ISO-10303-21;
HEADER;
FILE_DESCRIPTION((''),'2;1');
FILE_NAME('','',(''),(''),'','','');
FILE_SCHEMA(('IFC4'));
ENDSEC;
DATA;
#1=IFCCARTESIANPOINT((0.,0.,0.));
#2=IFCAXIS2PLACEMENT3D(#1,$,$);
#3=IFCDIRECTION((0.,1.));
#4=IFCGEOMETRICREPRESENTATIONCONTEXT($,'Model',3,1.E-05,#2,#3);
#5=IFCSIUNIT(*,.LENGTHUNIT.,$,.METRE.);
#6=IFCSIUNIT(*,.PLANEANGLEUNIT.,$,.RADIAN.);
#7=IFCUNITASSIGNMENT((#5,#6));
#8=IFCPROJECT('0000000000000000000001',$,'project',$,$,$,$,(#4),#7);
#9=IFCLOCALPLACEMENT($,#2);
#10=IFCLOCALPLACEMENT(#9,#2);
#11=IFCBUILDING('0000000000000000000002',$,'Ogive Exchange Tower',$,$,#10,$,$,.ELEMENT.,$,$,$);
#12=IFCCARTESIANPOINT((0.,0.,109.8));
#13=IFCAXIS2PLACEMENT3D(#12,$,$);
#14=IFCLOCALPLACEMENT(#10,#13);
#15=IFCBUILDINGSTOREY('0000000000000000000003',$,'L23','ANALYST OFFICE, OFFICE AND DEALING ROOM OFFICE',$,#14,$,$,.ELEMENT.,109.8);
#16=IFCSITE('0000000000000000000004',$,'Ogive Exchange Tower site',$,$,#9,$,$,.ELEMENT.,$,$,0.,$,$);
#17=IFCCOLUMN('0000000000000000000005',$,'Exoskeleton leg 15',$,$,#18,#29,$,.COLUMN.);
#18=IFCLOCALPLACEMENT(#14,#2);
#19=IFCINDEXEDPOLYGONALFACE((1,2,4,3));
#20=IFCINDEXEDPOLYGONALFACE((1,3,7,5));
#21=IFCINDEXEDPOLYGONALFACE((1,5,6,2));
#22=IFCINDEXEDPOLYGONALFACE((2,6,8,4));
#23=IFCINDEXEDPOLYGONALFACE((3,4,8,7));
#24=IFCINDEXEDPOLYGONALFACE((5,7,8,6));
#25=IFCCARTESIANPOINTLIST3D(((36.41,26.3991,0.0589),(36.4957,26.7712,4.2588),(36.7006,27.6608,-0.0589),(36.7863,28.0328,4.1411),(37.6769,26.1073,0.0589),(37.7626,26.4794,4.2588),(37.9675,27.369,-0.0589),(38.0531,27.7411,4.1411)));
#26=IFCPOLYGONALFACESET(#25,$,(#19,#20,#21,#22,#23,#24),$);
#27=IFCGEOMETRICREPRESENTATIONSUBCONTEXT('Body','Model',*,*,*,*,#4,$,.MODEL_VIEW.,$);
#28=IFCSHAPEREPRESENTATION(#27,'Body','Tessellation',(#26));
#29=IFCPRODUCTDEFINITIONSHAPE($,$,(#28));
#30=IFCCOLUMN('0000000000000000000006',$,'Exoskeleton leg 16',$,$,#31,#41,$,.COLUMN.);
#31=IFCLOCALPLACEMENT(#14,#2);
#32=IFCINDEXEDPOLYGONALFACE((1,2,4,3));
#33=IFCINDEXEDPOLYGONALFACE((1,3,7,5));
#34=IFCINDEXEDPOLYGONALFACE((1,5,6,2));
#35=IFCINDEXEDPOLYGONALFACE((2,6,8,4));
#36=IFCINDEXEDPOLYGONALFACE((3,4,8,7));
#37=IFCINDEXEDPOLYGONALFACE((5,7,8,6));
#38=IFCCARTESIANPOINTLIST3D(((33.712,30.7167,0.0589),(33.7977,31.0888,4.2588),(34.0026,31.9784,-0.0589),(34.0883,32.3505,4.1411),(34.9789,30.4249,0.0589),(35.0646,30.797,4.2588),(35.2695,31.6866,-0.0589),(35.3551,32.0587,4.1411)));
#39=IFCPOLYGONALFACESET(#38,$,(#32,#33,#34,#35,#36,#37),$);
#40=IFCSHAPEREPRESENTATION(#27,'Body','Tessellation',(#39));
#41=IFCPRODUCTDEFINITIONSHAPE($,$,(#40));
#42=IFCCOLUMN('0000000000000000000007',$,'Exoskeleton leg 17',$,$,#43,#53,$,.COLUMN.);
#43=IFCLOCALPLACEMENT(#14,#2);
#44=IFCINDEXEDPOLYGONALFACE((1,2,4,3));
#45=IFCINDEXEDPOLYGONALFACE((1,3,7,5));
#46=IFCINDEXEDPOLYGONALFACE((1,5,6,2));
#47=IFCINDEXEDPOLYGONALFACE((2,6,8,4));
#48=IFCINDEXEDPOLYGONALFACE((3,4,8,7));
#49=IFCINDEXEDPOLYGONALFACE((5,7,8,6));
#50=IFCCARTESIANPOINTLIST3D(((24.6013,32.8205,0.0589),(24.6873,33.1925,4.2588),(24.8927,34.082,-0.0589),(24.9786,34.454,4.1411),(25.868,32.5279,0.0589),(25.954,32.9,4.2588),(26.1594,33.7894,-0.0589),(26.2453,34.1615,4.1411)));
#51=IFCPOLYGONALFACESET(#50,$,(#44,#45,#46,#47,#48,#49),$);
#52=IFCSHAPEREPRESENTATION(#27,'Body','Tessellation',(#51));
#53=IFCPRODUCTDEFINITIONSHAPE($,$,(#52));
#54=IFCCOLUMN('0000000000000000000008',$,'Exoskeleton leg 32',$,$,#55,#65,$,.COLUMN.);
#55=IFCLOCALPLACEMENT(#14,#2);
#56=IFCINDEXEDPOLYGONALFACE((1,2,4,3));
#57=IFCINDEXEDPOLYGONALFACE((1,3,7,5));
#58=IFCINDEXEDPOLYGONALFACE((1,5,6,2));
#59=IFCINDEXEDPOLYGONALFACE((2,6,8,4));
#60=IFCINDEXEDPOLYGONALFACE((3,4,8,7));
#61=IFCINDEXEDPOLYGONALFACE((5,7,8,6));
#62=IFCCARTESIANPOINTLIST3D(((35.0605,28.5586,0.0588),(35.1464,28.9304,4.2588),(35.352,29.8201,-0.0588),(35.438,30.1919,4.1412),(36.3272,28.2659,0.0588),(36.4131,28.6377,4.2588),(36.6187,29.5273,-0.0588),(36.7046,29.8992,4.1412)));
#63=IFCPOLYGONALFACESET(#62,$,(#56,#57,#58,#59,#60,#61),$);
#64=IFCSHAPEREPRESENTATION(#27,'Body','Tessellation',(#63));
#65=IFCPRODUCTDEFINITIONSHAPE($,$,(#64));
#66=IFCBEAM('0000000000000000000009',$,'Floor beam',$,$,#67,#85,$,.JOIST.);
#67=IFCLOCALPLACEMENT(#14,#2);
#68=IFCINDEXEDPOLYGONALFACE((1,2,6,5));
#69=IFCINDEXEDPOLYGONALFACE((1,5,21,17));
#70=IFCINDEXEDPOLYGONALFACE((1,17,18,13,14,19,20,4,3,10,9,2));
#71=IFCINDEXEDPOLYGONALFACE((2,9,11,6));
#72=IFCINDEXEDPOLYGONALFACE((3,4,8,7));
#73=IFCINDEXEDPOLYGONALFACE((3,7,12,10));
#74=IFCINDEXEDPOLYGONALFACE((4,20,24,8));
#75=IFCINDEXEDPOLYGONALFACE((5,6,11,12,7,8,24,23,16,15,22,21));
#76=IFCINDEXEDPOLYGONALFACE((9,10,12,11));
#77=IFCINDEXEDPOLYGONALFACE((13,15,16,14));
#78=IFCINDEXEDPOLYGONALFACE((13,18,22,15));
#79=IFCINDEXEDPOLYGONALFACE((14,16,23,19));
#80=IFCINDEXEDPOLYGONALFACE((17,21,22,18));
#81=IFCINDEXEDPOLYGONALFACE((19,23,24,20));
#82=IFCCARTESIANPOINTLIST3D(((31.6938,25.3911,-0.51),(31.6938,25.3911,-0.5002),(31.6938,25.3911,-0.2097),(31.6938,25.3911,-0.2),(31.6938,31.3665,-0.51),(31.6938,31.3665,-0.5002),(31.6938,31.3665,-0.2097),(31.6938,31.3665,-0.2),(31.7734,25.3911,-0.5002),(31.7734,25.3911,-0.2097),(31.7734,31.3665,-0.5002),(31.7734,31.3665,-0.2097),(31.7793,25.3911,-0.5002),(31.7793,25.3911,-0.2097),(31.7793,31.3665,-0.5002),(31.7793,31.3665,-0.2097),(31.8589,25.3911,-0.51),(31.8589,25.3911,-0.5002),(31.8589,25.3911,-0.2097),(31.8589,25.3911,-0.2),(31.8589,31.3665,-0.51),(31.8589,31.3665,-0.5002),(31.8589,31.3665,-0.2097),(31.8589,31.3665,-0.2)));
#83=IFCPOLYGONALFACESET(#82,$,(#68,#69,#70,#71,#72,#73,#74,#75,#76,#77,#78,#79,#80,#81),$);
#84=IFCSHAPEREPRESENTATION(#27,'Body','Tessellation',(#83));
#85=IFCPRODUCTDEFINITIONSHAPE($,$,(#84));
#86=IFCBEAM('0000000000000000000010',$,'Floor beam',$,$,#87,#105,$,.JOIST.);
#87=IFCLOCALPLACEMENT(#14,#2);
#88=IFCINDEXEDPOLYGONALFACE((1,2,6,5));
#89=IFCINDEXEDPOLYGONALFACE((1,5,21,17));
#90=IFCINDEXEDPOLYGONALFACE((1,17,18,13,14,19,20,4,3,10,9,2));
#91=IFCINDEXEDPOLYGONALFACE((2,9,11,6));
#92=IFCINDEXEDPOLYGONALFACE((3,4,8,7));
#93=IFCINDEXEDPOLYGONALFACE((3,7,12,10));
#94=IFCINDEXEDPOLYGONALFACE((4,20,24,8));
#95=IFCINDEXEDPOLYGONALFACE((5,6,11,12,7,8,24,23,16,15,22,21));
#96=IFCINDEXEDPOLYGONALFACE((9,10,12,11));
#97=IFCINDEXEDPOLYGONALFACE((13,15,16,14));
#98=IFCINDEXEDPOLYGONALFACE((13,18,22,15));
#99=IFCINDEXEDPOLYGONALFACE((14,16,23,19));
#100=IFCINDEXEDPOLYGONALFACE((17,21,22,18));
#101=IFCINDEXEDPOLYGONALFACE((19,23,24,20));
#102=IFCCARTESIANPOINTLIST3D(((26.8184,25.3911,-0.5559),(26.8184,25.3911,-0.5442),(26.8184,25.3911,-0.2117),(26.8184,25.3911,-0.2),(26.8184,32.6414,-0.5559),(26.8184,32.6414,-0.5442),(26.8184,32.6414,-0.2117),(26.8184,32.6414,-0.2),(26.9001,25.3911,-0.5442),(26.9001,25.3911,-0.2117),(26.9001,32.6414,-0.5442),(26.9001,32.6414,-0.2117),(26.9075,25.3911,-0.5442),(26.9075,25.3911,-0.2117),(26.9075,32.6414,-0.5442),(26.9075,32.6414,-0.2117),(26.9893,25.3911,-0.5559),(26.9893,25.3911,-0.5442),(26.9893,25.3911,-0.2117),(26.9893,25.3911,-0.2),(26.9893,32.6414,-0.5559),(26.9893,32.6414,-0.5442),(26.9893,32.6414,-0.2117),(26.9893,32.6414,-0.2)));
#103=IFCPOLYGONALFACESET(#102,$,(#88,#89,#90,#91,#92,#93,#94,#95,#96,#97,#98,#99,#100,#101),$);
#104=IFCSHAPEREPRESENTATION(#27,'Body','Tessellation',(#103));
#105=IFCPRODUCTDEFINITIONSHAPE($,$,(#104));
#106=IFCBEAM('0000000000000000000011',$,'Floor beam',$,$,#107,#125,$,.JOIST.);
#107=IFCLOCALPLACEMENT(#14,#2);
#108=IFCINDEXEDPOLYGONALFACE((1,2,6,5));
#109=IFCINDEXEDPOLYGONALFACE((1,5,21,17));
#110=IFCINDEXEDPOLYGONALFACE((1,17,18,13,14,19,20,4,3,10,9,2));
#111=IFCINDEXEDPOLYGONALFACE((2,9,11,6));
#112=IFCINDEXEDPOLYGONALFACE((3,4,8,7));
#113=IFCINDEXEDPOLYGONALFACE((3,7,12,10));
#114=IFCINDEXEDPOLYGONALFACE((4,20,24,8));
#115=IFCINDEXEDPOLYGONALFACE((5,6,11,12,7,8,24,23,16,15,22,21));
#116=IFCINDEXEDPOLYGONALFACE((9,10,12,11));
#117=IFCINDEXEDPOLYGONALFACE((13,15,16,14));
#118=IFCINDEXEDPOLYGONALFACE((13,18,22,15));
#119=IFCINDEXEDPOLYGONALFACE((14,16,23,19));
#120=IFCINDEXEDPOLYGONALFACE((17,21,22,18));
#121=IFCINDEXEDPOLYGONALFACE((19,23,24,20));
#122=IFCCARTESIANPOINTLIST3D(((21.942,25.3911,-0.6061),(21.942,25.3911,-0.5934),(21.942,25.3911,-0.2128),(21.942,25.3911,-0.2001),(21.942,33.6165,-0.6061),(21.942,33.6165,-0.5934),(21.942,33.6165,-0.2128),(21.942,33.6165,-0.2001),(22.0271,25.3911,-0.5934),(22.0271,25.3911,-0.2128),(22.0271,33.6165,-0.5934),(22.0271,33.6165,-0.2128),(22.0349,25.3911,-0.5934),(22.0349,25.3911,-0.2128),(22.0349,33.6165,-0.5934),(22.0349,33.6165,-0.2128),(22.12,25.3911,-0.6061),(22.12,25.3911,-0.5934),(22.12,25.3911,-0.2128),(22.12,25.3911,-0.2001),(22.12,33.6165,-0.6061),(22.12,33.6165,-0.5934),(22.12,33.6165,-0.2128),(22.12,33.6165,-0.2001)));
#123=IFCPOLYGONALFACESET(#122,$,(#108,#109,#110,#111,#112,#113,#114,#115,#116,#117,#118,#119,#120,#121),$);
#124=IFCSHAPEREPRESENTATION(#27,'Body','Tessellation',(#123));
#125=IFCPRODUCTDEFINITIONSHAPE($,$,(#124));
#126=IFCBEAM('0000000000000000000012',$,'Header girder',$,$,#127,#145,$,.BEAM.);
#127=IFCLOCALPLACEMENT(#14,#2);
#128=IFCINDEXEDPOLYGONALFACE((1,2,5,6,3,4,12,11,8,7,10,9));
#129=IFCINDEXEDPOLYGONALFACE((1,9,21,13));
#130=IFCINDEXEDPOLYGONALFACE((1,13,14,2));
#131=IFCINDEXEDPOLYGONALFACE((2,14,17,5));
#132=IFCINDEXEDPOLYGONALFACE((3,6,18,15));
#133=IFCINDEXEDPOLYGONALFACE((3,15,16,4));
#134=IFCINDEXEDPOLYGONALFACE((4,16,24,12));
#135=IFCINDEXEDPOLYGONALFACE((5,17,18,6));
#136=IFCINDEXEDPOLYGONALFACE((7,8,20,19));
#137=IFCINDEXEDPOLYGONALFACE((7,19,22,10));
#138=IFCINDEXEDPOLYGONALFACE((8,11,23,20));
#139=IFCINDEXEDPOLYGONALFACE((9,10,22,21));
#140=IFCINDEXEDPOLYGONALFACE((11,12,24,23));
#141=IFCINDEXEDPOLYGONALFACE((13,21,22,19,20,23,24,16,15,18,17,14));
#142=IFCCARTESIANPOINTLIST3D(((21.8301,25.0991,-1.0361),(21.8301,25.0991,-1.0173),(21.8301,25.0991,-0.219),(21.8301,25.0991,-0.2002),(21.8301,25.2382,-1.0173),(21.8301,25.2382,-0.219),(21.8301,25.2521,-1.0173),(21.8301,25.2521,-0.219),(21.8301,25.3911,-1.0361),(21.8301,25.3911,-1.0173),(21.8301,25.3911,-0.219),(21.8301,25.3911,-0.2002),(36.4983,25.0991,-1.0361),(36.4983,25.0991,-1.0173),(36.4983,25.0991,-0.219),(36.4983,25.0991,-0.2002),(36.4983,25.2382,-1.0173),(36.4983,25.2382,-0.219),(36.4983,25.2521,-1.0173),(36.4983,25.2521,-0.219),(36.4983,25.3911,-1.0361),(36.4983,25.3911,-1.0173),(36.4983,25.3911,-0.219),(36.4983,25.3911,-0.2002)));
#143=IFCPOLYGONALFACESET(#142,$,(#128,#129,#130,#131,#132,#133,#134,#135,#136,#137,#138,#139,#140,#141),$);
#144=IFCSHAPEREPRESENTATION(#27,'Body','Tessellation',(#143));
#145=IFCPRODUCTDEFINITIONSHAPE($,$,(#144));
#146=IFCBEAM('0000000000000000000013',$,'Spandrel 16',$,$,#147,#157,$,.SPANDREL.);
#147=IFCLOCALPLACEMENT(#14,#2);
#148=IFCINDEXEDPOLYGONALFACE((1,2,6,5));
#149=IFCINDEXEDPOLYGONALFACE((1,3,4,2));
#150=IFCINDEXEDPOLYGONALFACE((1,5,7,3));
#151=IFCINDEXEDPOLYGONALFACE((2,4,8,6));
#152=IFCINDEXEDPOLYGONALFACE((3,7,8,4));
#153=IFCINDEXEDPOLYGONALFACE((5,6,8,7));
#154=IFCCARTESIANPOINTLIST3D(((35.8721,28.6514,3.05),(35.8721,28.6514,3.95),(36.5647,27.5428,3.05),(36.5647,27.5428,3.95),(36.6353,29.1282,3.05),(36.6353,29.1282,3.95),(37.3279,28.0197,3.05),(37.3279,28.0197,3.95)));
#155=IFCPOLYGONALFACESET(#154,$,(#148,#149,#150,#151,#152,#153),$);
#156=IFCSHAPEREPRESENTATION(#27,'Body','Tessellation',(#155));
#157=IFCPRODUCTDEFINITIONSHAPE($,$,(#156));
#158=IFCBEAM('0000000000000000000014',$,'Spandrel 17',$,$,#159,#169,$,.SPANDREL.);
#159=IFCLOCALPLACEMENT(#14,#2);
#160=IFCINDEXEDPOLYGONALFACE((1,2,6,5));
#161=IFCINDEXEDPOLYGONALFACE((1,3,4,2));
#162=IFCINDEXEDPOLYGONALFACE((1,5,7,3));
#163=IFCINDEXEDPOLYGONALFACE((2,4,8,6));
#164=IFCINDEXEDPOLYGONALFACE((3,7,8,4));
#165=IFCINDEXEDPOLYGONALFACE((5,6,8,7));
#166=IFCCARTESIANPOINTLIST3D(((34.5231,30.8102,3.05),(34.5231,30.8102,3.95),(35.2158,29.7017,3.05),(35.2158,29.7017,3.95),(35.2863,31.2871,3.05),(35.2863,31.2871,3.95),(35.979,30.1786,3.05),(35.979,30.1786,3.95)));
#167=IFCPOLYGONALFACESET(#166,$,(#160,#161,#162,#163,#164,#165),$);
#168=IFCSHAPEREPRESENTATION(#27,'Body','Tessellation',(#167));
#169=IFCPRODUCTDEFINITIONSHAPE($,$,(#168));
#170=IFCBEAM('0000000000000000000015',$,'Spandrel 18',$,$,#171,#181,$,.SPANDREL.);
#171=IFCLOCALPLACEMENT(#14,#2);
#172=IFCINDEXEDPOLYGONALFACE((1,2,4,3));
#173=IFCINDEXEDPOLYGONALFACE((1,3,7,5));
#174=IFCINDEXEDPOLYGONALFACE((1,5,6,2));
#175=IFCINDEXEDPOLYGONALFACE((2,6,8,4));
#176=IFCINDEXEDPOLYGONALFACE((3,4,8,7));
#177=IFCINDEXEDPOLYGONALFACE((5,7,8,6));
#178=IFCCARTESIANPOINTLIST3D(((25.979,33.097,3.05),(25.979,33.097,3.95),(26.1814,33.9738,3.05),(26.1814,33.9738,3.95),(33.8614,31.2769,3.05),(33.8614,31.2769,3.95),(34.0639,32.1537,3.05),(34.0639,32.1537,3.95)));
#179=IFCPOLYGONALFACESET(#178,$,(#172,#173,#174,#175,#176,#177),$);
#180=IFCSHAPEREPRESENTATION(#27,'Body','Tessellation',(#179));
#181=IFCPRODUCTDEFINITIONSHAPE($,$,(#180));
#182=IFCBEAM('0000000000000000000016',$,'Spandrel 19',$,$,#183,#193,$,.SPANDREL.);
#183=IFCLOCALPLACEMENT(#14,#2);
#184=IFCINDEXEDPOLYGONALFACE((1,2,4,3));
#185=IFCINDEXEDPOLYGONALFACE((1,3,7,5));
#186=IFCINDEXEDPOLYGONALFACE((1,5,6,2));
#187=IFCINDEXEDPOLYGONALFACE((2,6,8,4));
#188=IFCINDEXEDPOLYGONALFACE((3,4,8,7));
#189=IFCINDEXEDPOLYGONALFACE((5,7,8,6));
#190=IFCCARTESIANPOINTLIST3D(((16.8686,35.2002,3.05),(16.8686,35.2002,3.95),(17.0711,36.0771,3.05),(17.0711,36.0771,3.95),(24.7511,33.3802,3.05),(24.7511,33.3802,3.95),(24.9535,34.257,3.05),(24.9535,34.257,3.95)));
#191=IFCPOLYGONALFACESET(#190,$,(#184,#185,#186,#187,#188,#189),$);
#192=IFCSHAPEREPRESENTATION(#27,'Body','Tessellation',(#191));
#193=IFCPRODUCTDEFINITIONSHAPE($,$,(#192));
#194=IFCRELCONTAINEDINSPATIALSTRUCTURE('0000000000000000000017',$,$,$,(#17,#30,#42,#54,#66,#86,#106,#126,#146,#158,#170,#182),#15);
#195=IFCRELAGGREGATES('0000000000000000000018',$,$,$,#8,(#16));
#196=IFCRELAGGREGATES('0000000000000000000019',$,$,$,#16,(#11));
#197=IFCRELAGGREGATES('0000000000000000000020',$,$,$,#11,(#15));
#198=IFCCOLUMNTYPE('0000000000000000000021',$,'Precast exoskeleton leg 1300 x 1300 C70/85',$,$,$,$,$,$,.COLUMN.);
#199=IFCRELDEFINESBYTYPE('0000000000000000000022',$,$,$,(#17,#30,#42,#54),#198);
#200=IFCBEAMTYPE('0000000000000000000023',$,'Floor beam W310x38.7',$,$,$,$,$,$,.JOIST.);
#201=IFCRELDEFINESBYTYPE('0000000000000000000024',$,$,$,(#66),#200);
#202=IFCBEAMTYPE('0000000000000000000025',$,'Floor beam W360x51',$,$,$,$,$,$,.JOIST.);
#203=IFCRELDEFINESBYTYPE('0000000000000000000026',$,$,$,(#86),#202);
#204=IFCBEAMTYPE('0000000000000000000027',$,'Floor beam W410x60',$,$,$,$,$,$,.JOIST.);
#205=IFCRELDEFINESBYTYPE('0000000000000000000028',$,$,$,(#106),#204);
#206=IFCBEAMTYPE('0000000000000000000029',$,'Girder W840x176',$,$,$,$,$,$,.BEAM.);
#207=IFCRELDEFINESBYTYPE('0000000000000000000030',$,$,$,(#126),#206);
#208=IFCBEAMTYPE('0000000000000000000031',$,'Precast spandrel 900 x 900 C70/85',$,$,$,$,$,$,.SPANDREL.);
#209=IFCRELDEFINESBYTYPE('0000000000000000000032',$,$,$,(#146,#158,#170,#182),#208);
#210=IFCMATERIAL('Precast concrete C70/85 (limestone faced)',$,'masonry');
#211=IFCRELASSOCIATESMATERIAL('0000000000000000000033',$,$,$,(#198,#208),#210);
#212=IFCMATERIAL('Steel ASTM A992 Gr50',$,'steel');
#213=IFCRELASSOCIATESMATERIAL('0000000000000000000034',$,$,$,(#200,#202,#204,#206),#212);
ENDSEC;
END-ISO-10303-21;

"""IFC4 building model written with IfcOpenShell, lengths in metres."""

from ifc_helpers import new_model, si_unit, direction, frame, origin, origin_2d, place, context, subcontext, project, spatial, rectangle, i_section, extrude, material, material_profile, profile_set, type_object, element, save


model = new_model("IFC4")

# Units and contexts
model_context = context("Model", 3, precision=1e-05, world=origin(), true_north=direction((0.0, 1.0)))
body_context = subcontext(model_context, "Body", "Model", "MODEL_VIEW")
ifc_project = project(units=[si_unit("LENGTHUNIT", "METRE"), si_unit("PLANEANGLEUNIT", "RADIAN")], contexts=[model_context])

# Site, building, storey
site_placement = place(None, origin())
site = spatial("IfcSite", under=ifc_project, at=site_placement, Name="Ogive Exchange Tower site", CompositionType="ELEMENT", RefElevation=0.0)
building_placement = place(site_placement, origin())
building = spatial("IfcBuilding", under=site, at=building_placement, Name="Ogive Exchange Tower", CompositionType="ELEMENT")
storey_placement = place(building_placement, frame((0.0, 0.0, 109.8)))
storey = spatial("IfcBuildingStorey", under=building, at=storey_placement, Name="L23", Description="ANALYST OFFICE, OFFICE AND DEALING ROOM OFFICE", CompositionType="ELEMENT", Elevation=109.8)

# Columns
ifc_material_1 = material(Name="Precast concrete C70/85 (limestone faced)", Category="masonry")
ifc_material_profile_1 = material_profile(ifc_material_1, rectangle(XDim=1.3, YDim=1.3, at=origin_2d()), Name="1300 x 1300")
ifc_profile_set_1 = profile_set([ifc_material_profile_1], Name="Precast concrete C70/85 (limestone faced)")
column_type = type_object("IfcColumnType", Name="Precast exoskeleton leg 1300 x 1300 C70/85", PredefinedType="COLUMN", material=ifc_profile_set_1)
for number, where, z_axis, x_axis, name in (
    (1, (37.1887, 26.884, 0.0), (0.02032, 0.088225, 0.995893), (-0.974488, 0.224439, 0.0), "Exoskeleton leg 15"),
    (2, (34.4907, 31.2017, 0.0), (0.02032, 0.088225, 0.995893), (-0.974488, 0.224439, 0.0), "Exoskeleton leg 16"),
    (3, (25.3804, 33.3049, 0.0), (0.020377, 0.088225, 0.995892), (-0.974348, 0.225046, 0.0), "Exoskeleton leg 17"),
    (4, (35.8396, 29.043, 0.0), (0.020378, 0.088168, 0.995897), (-0.974316, 0.225187, 0.0), "Exoskeleton leg 32"),
):
    element("IfcColumn", number, at=place(storey_placement, frame(where, z_axis=z_axis, x_axis=x_axis)), inside=storey, type_object=column_type, Name=name, PredefinedType="COLUMN", context=body_context, shape_type="SweptSolid", body=[
        extrude(rectangle(XDim=1.3, YDim=1.3, at=origin_2d()), origin(), (0.0, 0.0, 1.0), 4.2173),
    ])

# Beams
ifc_material_2 = material(Name="Steel ASTM A992 Gr50", Category="steel")
ifc_material_profile_2 = material_profile(ifc_material_2, i_section(OverallWidth=0.165, OverallDepth=0.3101, WebThickness=0.0059, FlangeThickness=0.0098, at=origin_2d()), Name="W310x38.7")
ifc_profile_set_2 = profile_set([ifc_material_profile_2], Name="Steel ASTM A992 Gr50")
beam_type_1 = type_object("IfcBeamType", Name="Floor beam W310x38.7", PredefinedType="JOIST", material=ifc_profile_set_2)
beam_1_placement = place(storey_placement, frame((31.7764, 25.3911, -0.355), z_axis=(0.0, 1.0, 0.0), x_axis=(-1.0, 0.0, 0.0)))
element("IfcBeam", 5, at=beam_1_placement, inside=storey, type_object=beam_type_1, Name="Floor beam", PredefinedType="JOIST", context=body_context, shape_type="SweptSolid", body=[
    extrude(i_section(OverallWidth=0.165, OverallDepth=0.3101, WebThickness=0.0059, FlangeThickness=0.0098, at=origin_2d()), origin(), (0.0, 0.0, 1.0), 5.9753),
])
ifc_material_profile_3 = material_profile(ifc_material_2, i_section(OverallWidth=0.1709, OverallDepth=0.356, WebThickness=0.0073, FlangeThickness=0.0117, at=origin_2d()), Name="W360x51")
ifc_profile_set_3 = profile_set([ifc_material_profile_3], Name="Steel ASTM A992 Gr50")
beam_type_2 = type_object("IfcBeamType", Name="Floor beam W360x51", PredefinedType="JOIST", material=ifc_profile_set_3)
beam_2_placement = place(storey_placement, frame((26.9038, 25.3911, -0.3779), z_axis=(0.0, 1.0, 0.0), x_axis=(-1.0, 0.0, 0.0)))
element("IfcBeam", 6, at=beam_2_placement, inside=storey, type_object=beam_type_2, Name="Floor beam", PredefinedType="JOIST", context=body_context, shape_type="SweptSolid", body=[
    extrude(i_section(OverallWidth=0.1709, OverallDepth=0.356, WebThickness=0.0073, FlangeThickness=0.0117, at=origin_2d()), origin(), (0.0, 0.0, 1.0), 7.2502),
])
ifc_material_profile_4 = material_profile(ifc_material_2, i_section(OverallWidth=0.178, OverallDepth=0.406, WebThickness=0.0078, FlangeThickness=0.0127, at=origin_2d()), Name="W410x60")
ifc_profile_set_4 = profile_set([ifc_material_profile_4], Name="Steel ASTM A992 Gr50")
beam_type_3 = type_object("IfcBeamType", Name="Floor beam W410x60", PredefinedType="JOIST", material=ifc_profile_set_4)
beam_3_placement = place(storey_placement, frame((22.031, 25.3911, -0.4031), z_axis=(0.0, 1.0, 0.0), x_axis=(-1.0, 0.0, 0.0)))
element("IfcBeam", 7, at=beam_3_placement, inside=storey, type_object=beam_type_3, Name="Floor beam", PredefinedType="JOIST", context=body_context, shape_type="SweptSolid", body=[
    extrude(i_section(OverallWidth=0.178, OverallDepth=0.406, WebThickness=0.0078, FlangeThickness=0.0127, at=origin_2d()), origin(), (0.0, 0.0, 1.0), 8.2253),
])
ifc_material_profile_5 = material_profile(ifc_material_2, i_section(OverallWidth=0.292, OverallDepth=0.8359, WebThickness=0.0139, FlangeThickness=0.0188, at=origin_2d()), Name="W840x176")
ifc_profile_set_5 = profile_set([ifc_material_profile_5], Name="Steel ASTM A992 Gr50")
beam_type_4 = type_object("IfcBeamType", Name="Girder W840x176", PredefinedType="BEAM", material=ifc_profile_set_5)
beam_4_placement = place(storey_placement, frame((21.8301, 25.2451, -0.6182), z_axis=(1.0, 0.0, 0.0), x_axis=(0.0, 1.0, 0.0)))
element("IfcBeam", 8, at=beam_4_placement, inside=storey, type_object=beam_type_4, Name="Header girder", PredefinedType="BEAM", context=body_context, shape_type="SweptSolid", body=[
    extrude(i_section(OverallWidth=0.292, OverallDepth=0.8359, WebThickness=0.0139, FlangeThickness=0.0188, at=origin_2d()), origin(), (0.0, 0.0, 1.0), 14.6682),
])
ifc_material_profile_6 = material_profile(ifc_material_1, rectangle(XDim=0.8999, YDim=0.8999, at=origin_2d()), Name="900 x 900")
ifc_profile_set_6 = profile_set([ifc_material_profile_6], Name="Precast concrete C70/85 (limestone faced)")
beam_type_5 = type_object("IfcBeamType", Name="Precast spandrel 900 x 900 C70/85", PredefinedType="SPANDREL", material=ifc_profile_set_6)
for number, where, z_axis, x_axis, name in (
    (9, (36.9463, 27.7812, 3.5), (-0.529848, 0.848093, 0.0), (-0.848093, -0.529848, 0.0), "Spandrel 16"),
    (10, (35.5974, 29.9402, 3.5), (-0.529932, 0.84804, 0.0), (-0.84804, -0.529932, 0.0), "Spandrel 17"),
):
    element("IfcBeam", number, at=place(storey_placement, frame(where, z_axis=z_axis, x_axis=x_axis)), inside=storey, type_object=beam_type_5, Name=name, PredefinedType="SPANDREL", context=body_context, shape_type="SweptSolid", body=[
        extrude(rectangle(XDim=0.8999, YDim=0.8999, at=origin_2d()), origin(), (0.0, 0.0, 1.0), 1.3071),
    ])
for number, where, z_axis, x_axis, name in (
    (11, (33.9626, 31.7153, 3.5), (-0.974364, 0.224979, 0.0), (-0.224979, -0.974364, 0.0), "Spandrel 18"),
    (12, (24.8523, 33.8186, 3.5), (-0.974364, 0.224979, 0.0), (-0.224979, -0.974364, 0.0), "Spandrel 19"),
):
    element("IfcBeam", number, at=place(storey_placement, frame(where, z_axis=z_axis, x_axis=x_axis)), inside=storey, type_object=beam_type_5, Name=name, PredefinedType="SPANDREL", context=body_context, shape_type="SweptSolid", body=[
        extrude(rectangle(XDim=0.8999, YDim=0.8999, at=origin_2d()), origin(), (0.0, 0.0, 1.0), 8.0898),
    ])

save(model, "model.ifc")
